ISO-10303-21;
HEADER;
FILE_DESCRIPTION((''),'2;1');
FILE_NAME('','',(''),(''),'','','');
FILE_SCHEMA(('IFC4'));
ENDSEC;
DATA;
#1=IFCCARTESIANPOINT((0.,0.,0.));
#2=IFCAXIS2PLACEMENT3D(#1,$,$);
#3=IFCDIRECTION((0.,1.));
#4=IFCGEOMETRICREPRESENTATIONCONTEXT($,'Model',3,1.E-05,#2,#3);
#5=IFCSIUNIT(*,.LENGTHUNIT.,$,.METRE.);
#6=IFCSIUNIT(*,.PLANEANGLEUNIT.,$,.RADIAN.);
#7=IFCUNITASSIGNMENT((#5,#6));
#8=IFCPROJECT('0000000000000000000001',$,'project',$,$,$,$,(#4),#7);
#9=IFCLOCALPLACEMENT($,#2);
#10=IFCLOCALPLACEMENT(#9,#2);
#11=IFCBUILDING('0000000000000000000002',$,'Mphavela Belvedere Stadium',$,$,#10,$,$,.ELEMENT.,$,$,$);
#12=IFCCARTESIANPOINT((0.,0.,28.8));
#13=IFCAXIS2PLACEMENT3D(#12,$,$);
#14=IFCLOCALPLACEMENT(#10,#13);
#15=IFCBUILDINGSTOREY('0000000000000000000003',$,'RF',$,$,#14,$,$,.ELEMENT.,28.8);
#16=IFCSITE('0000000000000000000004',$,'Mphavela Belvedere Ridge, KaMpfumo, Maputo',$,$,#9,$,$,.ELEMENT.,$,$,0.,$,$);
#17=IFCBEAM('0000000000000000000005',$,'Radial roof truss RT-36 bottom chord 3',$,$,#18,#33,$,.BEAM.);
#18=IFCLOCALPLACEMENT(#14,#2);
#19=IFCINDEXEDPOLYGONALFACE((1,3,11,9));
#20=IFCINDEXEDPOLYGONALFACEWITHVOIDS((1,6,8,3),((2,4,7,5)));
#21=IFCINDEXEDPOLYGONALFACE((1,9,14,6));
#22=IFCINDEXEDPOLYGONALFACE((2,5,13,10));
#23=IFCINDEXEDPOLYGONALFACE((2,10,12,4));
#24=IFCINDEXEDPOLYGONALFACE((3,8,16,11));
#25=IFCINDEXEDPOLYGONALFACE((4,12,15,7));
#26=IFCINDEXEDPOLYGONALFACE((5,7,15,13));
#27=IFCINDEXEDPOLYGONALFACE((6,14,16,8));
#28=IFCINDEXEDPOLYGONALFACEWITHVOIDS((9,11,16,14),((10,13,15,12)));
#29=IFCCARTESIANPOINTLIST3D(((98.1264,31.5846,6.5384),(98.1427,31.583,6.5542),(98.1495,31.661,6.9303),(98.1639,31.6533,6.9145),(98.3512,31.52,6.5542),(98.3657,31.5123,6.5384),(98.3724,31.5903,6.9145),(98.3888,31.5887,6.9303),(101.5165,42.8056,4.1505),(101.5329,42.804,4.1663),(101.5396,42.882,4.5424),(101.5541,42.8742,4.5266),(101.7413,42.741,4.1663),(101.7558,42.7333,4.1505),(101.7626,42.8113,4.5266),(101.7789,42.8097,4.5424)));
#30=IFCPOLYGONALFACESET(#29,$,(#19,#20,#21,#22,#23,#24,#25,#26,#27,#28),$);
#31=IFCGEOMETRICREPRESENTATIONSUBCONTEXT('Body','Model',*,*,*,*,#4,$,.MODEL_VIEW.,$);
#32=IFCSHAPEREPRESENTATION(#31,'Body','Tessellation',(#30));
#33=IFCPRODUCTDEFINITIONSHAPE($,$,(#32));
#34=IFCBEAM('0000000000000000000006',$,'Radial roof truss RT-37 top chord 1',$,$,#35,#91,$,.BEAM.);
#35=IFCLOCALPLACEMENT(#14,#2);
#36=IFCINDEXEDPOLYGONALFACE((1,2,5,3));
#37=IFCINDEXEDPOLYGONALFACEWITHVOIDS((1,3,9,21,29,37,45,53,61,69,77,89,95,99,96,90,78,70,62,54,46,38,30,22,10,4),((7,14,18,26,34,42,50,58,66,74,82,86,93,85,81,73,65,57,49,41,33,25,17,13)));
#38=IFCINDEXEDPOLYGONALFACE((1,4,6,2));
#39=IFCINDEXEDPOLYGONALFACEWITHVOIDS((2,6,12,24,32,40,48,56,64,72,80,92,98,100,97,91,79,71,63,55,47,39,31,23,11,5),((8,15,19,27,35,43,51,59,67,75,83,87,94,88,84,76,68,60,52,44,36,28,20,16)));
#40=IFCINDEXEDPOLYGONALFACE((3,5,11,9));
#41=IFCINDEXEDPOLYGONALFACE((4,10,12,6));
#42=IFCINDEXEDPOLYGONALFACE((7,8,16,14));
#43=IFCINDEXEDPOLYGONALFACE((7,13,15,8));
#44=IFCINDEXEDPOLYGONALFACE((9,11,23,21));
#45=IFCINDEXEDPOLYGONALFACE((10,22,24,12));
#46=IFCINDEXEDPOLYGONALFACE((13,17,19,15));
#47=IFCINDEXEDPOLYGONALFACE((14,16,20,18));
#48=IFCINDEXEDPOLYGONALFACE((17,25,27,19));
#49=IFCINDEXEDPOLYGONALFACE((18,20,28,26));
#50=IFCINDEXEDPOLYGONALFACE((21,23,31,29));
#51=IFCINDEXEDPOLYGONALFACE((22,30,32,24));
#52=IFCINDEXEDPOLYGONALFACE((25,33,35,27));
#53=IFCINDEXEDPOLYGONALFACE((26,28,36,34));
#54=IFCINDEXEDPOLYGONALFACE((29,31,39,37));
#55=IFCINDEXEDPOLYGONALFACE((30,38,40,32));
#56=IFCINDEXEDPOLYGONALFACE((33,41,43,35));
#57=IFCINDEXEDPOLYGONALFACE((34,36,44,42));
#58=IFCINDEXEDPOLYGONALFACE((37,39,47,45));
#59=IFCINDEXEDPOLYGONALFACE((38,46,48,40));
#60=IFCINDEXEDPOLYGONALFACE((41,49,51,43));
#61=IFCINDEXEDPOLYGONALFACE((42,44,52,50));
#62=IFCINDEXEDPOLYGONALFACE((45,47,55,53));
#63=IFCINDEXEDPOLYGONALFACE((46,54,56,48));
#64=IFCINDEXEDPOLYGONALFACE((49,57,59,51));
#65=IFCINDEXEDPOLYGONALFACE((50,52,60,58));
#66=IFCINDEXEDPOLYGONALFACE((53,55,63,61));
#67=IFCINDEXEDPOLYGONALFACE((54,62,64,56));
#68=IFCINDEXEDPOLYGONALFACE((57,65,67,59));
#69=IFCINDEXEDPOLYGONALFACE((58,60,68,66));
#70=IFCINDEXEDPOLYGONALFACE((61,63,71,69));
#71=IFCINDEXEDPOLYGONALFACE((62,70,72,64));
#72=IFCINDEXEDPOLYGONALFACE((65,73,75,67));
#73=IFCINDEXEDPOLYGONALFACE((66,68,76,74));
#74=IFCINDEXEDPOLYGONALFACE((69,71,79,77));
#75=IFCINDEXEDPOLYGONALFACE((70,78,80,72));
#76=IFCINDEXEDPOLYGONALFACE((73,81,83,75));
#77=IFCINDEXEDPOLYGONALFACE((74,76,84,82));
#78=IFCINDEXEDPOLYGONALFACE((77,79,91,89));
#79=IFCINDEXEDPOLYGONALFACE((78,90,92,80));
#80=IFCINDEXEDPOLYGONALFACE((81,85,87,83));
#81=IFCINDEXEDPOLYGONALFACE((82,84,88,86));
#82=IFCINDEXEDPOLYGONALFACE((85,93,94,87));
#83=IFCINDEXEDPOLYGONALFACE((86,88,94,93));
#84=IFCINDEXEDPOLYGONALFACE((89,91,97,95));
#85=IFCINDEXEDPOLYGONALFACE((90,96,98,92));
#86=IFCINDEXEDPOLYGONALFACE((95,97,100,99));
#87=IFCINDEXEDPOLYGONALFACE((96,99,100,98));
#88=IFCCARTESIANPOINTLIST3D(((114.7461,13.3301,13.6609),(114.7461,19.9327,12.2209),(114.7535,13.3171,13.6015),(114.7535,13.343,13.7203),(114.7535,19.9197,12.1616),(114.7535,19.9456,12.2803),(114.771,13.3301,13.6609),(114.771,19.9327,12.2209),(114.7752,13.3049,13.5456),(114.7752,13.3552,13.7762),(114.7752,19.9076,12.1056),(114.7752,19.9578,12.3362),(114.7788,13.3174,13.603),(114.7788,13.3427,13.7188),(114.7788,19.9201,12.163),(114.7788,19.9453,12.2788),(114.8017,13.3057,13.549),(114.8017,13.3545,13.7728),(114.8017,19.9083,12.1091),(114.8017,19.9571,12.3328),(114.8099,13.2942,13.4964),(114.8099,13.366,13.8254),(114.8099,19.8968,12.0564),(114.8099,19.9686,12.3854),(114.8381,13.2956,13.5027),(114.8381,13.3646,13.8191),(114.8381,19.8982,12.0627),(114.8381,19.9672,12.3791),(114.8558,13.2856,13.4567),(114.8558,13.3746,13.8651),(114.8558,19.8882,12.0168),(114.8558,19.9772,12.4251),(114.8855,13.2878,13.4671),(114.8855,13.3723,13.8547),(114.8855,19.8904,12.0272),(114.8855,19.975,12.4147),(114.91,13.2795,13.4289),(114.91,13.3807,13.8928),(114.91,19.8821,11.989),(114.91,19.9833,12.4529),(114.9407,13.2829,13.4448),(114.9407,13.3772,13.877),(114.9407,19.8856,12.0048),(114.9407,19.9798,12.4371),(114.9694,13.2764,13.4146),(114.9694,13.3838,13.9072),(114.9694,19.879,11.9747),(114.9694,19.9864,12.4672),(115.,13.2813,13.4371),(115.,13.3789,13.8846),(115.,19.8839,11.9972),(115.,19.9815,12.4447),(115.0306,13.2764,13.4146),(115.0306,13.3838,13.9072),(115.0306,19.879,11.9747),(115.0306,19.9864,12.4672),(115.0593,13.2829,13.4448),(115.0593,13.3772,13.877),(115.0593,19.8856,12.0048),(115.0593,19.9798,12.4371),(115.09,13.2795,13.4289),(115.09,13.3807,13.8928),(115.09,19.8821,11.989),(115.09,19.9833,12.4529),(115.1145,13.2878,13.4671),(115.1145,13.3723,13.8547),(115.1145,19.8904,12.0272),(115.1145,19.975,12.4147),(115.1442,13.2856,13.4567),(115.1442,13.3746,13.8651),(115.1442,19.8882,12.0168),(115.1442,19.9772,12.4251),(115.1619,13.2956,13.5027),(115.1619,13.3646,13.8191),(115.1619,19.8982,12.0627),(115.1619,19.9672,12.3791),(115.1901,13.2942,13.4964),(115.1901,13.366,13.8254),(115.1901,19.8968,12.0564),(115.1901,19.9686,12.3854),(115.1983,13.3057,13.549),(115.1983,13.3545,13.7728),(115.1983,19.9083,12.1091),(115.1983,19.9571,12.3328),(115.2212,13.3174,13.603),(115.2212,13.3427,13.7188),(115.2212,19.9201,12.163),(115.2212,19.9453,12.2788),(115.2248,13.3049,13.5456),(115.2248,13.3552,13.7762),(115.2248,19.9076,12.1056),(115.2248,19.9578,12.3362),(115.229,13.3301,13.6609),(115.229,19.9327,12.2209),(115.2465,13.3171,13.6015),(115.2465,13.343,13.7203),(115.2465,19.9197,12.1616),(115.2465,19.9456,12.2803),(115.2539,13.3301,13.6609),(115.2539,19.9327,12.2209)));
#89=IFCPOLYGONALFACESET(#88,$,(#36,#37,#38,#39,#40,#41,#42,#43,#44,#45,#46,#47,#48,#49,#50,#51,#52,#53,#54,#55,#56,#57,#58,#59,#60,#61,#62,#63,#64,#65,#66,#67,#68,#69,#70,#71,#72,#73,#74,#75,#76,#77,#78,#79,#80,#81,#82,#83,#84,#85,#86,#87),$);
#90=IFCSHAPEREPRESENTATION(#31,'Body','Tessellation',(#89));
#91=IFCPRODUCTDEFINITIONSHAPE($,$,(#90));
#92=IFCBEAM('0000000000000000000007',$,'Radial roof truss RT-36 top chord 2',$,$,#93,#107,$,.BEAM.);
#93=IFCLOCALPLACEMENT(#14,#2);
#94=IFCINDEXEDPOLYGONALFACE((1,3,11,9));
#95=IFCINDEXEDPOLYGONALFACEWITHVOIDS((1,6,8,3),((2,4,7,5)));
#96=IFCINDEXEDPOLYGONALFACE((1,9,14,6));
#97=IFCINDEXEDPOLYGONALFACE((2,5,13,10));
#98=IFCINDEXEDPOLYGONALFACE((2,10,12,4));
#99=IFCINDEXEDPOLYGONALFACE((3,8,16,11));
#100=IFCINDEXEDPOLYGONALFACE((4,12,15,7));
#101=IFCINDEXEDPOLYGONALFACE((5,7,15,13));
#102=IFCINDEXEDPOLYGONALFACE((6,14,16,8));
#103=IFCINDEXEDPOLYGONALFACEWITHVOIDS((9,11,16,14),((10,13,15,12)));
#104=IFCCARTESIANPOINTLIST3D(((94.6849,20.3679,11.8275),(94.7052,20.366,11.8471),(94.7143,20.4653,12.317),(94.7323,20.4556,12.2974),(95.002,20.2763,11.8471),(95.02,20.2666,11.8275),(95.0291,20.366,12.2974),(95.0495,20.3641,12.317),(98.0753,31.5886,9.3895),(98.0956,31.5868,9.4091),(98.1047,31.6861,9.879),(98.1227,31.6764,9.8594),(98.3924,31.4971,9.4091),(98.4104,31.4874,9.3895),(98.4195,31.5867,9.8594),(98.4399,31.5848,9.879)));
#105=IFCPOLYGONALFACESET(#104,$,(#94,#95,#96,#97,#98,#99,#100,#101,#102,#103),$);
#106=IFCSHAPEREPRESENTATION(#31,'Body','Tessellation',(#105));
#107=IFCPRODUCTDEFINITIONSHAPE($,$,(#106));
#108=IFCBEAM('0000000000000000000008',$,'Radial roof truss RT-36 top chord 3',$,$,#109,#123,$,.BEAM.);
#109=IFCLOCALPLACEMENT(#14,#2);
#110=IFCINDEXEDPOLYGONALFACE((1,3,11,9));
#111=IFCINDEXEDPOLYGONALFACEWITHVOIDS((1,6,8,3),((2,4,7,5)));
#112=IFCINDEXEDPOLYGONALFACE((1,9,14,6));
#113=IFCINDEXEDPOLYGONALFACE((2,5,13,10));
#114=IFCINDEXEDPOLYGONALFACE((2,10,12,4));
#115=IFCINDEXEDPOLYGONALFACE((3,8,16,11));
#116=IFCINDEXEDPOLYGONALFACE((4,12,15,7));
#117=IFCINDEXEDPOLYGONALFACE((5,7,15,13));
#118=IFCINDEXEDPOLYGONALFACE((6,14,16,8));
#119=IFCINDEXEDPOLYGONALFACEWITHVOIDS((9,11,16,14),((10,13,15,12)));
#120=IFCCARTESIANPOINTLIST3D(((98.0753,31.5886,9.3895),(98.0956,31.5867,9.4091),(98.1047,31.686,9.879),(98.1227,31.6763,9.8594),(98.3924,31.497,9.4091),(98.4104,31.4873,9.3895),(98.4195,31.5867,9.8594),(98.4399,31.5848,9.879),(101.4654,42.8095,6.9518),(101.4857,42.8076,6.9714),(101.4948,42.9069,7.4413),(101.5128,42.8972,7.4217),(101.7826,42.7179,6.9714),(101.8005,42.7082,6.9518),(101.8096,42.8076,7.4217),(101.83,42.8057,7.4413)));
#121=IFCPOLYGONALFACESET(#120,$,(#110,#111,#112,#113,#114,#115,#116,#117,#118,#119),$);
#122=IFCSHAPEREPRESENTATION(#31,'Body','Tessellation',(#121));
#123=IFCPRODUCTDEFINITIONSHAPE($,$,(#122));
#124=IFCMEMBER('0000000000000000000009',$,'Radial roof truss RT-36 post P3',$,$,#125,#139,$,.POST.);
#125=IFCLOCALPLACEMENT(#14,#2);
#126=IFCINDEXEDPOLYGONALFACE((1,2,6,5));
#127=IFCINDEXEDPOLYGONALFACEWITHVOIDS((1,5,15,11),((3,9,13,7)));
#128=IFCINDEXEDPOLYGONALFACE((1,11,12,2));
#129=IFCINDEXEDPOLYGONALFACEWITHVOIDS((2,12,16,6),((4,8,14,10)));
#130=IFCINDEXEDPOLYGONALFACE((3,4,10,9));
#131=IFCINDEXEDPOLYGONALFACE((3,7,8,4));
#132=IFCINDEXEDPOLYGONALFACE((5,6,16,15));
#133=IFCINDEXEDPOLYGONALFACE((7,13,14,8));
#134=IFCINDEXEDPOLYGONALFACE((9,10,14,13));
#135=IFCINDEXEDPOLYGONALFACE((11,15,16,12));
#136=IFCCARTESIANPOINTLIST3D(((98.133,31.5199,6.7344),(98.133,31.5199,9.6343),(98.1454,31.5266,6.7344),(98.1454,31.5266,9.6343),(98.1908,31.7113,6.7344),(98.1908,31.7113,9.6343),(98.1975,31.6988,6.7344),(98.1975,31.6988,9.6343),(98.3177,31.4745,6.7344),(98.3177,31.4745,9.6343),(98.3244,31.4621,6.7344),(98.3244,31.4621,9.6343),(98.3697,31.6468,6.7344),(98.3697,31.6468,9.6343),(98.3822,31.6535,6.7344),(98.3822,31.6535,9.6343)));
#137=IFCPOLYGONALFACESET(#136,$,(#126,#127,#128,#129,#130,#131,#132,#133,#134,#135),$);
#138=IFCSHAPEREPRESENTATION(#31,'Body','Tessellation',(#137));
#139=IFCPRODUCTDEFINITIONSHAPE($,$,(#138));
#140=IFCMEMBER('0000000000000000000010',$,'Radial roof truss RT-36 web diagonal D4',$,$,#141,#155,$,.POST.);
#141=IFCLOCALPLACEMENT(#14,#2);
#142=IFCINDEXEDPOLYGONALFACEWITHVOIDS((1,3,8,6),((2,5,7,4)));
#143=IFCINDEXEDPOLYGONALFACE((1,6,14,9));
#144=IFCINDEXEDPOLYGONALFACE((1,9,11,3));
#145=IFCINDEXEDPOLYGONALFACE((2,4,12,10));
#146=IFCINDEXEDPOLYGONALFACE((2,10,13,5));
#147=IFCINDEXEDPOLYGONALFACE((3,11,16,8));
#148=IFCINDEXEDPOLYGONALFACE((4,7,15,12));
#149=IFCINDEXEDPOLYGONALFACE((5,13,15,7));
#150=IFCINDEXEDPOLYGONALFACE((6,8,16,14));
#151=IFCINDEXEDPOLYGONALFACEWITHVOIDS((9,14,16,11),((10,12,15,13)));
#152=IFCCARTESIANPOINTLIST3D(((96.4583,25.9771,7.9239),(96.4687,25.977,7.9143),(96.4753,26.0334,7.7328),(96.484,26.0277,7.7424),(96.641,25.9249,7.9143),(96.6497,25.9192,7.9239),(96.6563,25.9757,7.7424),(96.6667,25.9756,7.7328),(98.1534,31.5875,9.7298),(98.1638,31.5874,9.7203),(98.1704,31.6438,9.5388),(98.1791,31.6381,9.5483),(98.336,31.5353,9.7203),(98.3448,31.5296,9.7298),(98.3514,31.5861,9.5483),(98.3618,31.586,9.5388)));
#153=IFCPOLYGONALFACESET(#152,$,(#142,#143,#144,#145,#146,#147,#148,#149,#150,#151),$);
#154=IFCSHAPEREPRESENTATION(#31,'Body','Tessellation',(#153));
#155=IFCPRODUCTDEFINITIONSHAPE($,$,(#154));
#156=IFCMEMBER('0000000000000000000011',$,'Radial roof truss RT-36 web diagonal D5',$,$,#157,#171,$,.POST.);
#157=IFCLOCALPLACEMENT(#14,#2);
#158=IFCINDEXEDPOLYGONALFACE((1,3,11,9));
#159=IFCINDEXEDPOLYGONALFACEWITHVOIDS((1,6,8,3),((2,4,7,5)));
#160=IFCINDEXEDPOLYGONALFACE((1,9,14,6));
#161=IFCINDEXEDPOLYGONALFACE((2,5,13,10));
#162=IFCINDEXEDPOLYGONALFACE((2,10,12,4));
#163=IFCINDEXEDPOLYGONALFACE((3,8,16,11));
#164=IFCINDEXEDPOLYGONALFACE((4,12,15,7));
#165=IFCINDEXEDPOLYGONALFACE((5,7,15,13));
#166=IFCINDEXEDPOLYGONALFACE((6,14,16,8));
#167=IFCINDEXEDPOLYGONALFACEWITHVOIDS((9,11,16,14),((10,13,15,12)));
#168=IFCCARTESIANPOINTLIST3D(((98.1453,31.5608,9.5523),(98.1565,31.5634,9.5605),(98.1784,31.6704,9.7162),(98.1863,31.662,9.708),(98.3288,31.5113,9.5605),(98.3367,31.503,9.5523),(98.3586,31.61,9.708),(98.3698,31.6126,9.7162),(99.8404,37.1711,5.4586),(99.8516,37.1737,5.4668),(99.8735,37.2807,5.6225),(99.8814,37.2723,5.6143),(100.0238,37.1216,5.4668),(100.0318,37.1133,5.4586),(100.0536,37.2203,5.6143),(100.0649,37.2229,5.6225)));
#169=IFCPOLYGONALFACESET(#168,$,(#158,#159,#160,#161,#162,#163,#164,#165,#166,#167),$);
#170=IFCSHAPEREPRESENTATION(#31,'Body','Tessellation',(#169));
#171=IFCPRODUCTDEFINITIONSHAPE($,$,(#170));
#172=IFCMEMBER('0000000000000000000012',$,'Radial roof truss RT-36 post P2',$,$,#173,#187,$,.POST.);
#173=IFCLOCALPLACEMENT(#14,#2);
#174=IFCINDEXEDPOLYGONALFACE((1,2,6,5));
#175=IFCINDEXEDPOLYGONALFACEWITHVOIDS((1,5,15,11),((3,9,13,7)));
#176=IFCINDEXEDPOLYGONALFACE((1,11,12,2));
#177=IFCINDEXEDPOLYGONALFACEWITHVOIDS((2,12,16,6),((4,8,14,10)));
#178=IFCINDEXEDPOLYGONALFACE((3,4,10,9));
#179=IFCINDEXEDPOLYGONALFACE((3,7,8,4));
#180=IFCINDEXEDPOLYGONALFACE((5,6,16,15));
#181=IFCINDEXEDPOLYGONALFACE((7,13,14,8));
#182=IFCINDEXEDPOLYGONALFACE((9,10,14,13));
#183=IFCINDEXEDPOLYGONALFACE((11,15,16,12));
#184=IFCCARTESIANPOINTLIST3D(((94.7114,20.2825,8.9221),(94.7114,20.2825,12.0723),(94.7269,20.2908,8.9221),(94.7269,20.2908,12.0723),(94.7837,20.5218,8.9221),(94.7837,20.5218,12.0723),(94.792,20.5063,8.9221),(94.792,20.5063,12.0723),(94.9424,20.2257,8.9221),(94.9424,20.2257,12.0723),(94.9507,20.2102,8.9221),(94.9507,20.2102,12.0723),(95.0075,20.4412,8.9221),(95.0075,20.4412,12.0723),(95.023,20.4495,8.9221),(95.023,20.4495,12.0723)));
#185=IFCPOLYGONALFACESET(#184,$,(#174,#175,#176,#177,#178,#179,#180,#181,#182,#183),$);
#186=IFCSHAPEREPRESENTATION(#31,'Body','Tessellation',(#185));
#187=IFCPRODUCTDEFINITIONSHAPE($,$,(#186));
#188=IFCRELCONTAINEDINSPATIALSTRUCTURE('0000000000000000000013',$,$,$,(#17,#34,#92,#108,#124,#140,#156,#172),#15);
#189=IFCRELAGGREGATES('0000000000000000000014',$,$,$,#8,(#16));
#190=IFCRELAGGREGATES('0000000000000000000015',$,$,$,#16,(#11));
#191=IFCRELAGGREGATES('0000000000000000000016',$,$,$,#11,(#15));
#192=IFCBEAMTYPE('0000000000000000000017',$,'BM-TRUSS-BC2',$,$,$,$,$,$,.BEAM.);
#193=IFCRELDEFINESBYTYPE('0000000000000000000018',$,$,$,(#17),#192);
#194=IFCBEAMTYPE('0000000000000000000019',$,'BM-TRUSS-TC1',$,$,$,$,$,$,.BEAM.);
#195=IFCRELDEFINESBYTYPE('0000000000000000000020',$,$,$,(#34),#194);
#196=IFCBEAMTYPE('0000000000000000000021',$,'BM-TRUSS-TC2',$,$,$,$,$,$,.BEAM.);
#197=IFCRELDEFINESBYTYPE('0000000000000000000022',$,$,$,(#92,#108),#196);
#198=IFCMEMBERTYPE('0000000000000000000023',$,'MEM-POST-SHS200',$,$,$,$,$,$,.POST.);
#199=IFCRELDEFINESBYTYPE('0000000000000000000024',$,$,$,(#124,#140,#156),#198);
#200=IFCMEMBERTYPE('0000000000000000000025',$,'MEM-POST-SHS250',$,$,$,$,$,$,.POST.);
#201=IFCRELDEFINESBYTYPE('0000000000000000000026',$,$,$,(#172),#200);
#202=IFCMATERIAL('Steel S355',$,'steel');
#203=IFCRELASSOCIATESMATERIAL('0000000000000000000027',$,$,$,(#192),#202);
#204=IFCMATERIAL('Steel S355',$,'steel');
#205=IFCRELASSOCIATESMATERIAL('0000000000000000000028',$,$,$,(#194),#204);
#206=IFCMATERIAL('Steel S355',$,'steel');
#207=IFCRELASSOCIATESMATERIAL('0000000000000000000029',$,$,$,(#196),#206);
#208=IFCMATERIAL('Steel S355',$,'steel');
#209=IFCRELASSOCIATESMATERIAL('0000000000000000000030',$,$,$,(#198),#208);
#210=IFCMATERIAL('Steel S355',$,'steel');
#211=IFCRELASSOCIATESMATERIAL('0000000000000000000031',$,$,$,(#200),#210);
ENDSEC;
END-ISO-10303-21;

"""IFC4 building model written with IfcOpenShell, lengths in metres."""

from ifc_helpers import new_model, si_unit, direction, frame, origin, origin_2d, place, context, subcontext, project, spatial, hollow_rectangle, hollow_circle, extrude, material, material_profile, profile_set, type_object, element, save


model = new_model("IFC4")

# Units and contexts
model_context = context("Model", 3, precision=1e-05, world=origin(), true_north=direction((0.0, 1.0)))
body_context = subcontext(model_context, "Body", "Model", "MODEL_VIEW")
ifc_project = project(units=[si_unit("LENGTHUNIT", "METRE"), si_unit("PLANEANGLEUNIT", "RADIAN")], contexts=[model_context])

# Site, building, storey
site_placement = place(None, origin())
site = spatial("IfcSite", under=ifc_project, at=site_placement, Name="Mphavela Belvedere Ridge, KaMpfumo, Maputo", CompositionType="ELEMENT", RefElevation=0.0)
building_placement = place(site_placement, origin())
building = spatial("IfcBuilding", under=site, at=building_placement, Name="Mphavela Belvedere Stadium", CompositionType="ELEMENT")
storey_placement = place(building_placement, frame((0.0, 0.0, 28.8)))
storey = spatial("IfcBuildingStorey", under=building, at=storey_placement, Name="RF", CompositionType="ELEMENT", Elevation=28.8)

# Beams
ifc_material_1 = material(Name="Steel S355", Category="steel")
ifc_material_profile_1 = material_profile(ifc_material_1, hollow_rectangle(XDim=0.25, YDim=0.3999, WallThickness=0.0161, at=origin_2d()), Name="RHS 400x250x16")
ifc_profile_set_1 = profile_set([ifc_material_profile_1], Name="Steel S355")
beam_type_1 = type_object("IfcBeamType", Name="BM-TRUSS-BC2", PredefinedType="BEAM", material=ifc_profile_set_1)
beam_1_placement = place(storey_placement, frame((98.2576, 31.5867, 6.7344), z_axis=(0.283394, 0.937999, -0.199616), x_axis=(-0.957264, 0.289214, 0.0)))
element("IfcBeam", 1, at=beam_1_placement, inside=storey, type_object=beam_type_1, Name="Radial roof truss RT-36 bottom chord 3", PredefinedType="BEAM", context=body_context, shape_type="SweptSolid", body=[
    extrude(hollow_rectangle(XDim=0.25, YDim=0.3999, WallThickness=0.0161, at=origin_2d()), origin(), (0.0, 0.0, 1.0), 11.9626),
])
ifc_material_2 = material(Name="Steel S355", Category="steel")
ifc_material_profile_2 = material_profile(ifc_material_2, hollow_circle(Radius=0.2539, WallThickness=0.0249, at=origin_2d()), Name="CHS 508x25")
ifc_profile_set_2 = profile_set([ifc_material_profile_2], Name="Steel S355")
beam_type_2 = type_object("IfcBeamType", Name="BM-TRUSS-TC1", PredefinedType="BEAM", material=ifc_profile_set_2)
beam_2_placement = place(storey_placement, frame((115.0, 13.3301, 13.6609), z_axis=(0.0, 0.977035, -0.213081), x_axis=(-1.0, 0.0, 0.0)))
element("IfcBeam", 2, at=beam_2_placement, inside=storey, type_object=beam_type_2, Name="Radial roof truss RT-37 top chord 1", PredefinedType="BEAM", context=body_context, shape_type="SweptSolid", body=[
    extrude(hollow_circle(Radius=0.2539, WallThickness=0.0249, at=origin_2d()), origin(), (0.0, 0.0, 1.0), 6.7578),
])
ifc_material_3 = material(Name="Steel S355", Category="steel")
ifc_material_profile_3 = material_profile(ifc_material_3, hollow_rectangle(XDim=0.3501, YDim=0.5, WallThickness=0.02, at=origin_2d()), Name="RHS 500x350x20")
ifc_profile_set_3 = profile_set([ifc_material_profile_3], Name="Steel S355")
beam_type_3 = type_object("IfcBeamType", Name="BM-TRUSS-TC2", PredefinedType="BEAM", material=ifc_profile_set_3)
for number, where, z_axis, x_axis, name in (
    (3, (94.8672, 20.366, 12.0723), (0.283179, 0.9372, -0.203631), (-0.957257, 0.289239, 0.0), "Radial roof truss RT-36 top chord 2"),
    (4, (98.2576, 31.5867, 9.6343), (0.283156, 0.937212, -0.203609), (-0.957264, 0.289214, 0.0), "Radial roof truss RT-36 top chord 3"),
):
    element("IfcBeam", number, at=place(storey_placement, frame(where, z_axis=z_axis, x_axis=x_axis)), inside=storey, type_object=beam_type_3, Name=name, PredefinedType="BEAM", context=body_context, shape_type="SweptSolid", body=[
        extrude(hollow_rectangle(XDim=0.3501, YDim=0.5, WallThickness=0.02, at=origin_2d()), origin(), (0.0, 0.0, 1.0), 11.9727),
    ])

# Members
ifc_material_4 = material(Name="Steel S355", Category="steel")
ifc_material_profile_4 = material_profile(ifc_material_4, hollow_rectangle(XDim=0.2, YDim=0.2, WallThickness=0.01, at=origin_2d()), Name="SHS 200x200x10")
ifc_profile_set_4 = profile_set([ifc_material_profile_4], Name="Steel S355")
member_type_1 = type_object("IfcMemberType", Name="MEM-POST-SHS200", PredefinedType="POST", material=ifc_profile_set_4)
member_1_placement = place(storey_placement, frame((98.2576, 31.5867, 6.7344), z_axis=(0.0, 0.0, 1.0), x_axis=(-0.289199, -0.957269, 0.0)))
element("IfcMember", 5, at=member_1_placement, inside=storey, type_object=member_type_1, Name="Radial roof truss RT-36 post P3", PredefinedType="POST", context=body_context, shape_type="SweptSolid", body=[
    extrude(hollow_rectangle(XDim=0.2, YDim=0.2, WallThickness=0.01, at=origin_2d()), origin(), (0.0, 0.0, 1.0), 2.8999),
])
member_2_placement = place(storey_placement, frame((96.5625, 25.9763, 7.8284), z_axis=(0.276396, 0.914818, 0.29447), x_axis=(-0.957263, 0.28922, 0.0)))
element("IfcMember", 6, at=member_2_placement, inside=storey, type_object=member_type_1, Name="Radial roof truss RT-36 web diagonal D4", PredefinedType="POST", context=body_context, shape_type="SweptSolid", body=[
    extrude(hollow_rectangle(XDim=0.2, YDim=0.2, WallThickness=0.01, at=origin_2d()), origin(), (0.0, 0.0, 1.0), 6.1328),
])
member_3_placement = place(storey_placement, frame((98.2576, 31.5867, 9.6343), z_axis=(0.237106, 0.784775, -0.572633), x_axis=(-0.957263, 0.28922, 0.0)))
element("IfcMember", 7, at=member_3_placement, inside=storey, type_object=member_type_1, Name="Radial roof truss RT-36 web diagonal D5", PredefinedType="POST", context=body_context, shape_type="SweptSolid", body=[
    extrude(hollow_rectangle(XDim=0.2, YDim=0.2, WallThickness=0.01, at=origin_2d()), origin(), (0.0, 0.0, 1.0), 7.1489),
])
ifc_material_5 = material(Name="Steel S355", Category="steel")
ifc_material_profile_5 = material_profile(ifc_material_5, hollow_rectangle(XDim=0.25, YDim=0.25, WallThickness=0.0125, at=origin_2d()), Name="SHS 250x250x12.5")
ifc_profile_set_5 = profile_set([ifc_material_profile_5], Name="Steel S355")
member_type_2 = type_object("IfcMemberType", Name="MEM-POST-SHS250", PredefinedType="POST", material=ifc_profile_set_5)
member_4_placement = place(storey_placement, frame((94.8672, 20.366, 8.9221), z_axis=(0.0, 0.0, 1.0), x_axis=(-0.289199, -0.957269, 0.0)))
element("IfcMember", 8, at=member_4_placement, inside=storey, type_object=member_type_2, Name="Radial roof truss RT-36 post P2", PredefinedType="POST", context=body_context, shape_type="SweptSolid", body=[
    extrude(hollow_rectangle(XDim=0.25, YDim=0.25, WallThickness=0.0125, at=origin_2d()), origin(), (0.0, 0.0, 1.0), 3.1501),
])

save(model, "model.ifc")
